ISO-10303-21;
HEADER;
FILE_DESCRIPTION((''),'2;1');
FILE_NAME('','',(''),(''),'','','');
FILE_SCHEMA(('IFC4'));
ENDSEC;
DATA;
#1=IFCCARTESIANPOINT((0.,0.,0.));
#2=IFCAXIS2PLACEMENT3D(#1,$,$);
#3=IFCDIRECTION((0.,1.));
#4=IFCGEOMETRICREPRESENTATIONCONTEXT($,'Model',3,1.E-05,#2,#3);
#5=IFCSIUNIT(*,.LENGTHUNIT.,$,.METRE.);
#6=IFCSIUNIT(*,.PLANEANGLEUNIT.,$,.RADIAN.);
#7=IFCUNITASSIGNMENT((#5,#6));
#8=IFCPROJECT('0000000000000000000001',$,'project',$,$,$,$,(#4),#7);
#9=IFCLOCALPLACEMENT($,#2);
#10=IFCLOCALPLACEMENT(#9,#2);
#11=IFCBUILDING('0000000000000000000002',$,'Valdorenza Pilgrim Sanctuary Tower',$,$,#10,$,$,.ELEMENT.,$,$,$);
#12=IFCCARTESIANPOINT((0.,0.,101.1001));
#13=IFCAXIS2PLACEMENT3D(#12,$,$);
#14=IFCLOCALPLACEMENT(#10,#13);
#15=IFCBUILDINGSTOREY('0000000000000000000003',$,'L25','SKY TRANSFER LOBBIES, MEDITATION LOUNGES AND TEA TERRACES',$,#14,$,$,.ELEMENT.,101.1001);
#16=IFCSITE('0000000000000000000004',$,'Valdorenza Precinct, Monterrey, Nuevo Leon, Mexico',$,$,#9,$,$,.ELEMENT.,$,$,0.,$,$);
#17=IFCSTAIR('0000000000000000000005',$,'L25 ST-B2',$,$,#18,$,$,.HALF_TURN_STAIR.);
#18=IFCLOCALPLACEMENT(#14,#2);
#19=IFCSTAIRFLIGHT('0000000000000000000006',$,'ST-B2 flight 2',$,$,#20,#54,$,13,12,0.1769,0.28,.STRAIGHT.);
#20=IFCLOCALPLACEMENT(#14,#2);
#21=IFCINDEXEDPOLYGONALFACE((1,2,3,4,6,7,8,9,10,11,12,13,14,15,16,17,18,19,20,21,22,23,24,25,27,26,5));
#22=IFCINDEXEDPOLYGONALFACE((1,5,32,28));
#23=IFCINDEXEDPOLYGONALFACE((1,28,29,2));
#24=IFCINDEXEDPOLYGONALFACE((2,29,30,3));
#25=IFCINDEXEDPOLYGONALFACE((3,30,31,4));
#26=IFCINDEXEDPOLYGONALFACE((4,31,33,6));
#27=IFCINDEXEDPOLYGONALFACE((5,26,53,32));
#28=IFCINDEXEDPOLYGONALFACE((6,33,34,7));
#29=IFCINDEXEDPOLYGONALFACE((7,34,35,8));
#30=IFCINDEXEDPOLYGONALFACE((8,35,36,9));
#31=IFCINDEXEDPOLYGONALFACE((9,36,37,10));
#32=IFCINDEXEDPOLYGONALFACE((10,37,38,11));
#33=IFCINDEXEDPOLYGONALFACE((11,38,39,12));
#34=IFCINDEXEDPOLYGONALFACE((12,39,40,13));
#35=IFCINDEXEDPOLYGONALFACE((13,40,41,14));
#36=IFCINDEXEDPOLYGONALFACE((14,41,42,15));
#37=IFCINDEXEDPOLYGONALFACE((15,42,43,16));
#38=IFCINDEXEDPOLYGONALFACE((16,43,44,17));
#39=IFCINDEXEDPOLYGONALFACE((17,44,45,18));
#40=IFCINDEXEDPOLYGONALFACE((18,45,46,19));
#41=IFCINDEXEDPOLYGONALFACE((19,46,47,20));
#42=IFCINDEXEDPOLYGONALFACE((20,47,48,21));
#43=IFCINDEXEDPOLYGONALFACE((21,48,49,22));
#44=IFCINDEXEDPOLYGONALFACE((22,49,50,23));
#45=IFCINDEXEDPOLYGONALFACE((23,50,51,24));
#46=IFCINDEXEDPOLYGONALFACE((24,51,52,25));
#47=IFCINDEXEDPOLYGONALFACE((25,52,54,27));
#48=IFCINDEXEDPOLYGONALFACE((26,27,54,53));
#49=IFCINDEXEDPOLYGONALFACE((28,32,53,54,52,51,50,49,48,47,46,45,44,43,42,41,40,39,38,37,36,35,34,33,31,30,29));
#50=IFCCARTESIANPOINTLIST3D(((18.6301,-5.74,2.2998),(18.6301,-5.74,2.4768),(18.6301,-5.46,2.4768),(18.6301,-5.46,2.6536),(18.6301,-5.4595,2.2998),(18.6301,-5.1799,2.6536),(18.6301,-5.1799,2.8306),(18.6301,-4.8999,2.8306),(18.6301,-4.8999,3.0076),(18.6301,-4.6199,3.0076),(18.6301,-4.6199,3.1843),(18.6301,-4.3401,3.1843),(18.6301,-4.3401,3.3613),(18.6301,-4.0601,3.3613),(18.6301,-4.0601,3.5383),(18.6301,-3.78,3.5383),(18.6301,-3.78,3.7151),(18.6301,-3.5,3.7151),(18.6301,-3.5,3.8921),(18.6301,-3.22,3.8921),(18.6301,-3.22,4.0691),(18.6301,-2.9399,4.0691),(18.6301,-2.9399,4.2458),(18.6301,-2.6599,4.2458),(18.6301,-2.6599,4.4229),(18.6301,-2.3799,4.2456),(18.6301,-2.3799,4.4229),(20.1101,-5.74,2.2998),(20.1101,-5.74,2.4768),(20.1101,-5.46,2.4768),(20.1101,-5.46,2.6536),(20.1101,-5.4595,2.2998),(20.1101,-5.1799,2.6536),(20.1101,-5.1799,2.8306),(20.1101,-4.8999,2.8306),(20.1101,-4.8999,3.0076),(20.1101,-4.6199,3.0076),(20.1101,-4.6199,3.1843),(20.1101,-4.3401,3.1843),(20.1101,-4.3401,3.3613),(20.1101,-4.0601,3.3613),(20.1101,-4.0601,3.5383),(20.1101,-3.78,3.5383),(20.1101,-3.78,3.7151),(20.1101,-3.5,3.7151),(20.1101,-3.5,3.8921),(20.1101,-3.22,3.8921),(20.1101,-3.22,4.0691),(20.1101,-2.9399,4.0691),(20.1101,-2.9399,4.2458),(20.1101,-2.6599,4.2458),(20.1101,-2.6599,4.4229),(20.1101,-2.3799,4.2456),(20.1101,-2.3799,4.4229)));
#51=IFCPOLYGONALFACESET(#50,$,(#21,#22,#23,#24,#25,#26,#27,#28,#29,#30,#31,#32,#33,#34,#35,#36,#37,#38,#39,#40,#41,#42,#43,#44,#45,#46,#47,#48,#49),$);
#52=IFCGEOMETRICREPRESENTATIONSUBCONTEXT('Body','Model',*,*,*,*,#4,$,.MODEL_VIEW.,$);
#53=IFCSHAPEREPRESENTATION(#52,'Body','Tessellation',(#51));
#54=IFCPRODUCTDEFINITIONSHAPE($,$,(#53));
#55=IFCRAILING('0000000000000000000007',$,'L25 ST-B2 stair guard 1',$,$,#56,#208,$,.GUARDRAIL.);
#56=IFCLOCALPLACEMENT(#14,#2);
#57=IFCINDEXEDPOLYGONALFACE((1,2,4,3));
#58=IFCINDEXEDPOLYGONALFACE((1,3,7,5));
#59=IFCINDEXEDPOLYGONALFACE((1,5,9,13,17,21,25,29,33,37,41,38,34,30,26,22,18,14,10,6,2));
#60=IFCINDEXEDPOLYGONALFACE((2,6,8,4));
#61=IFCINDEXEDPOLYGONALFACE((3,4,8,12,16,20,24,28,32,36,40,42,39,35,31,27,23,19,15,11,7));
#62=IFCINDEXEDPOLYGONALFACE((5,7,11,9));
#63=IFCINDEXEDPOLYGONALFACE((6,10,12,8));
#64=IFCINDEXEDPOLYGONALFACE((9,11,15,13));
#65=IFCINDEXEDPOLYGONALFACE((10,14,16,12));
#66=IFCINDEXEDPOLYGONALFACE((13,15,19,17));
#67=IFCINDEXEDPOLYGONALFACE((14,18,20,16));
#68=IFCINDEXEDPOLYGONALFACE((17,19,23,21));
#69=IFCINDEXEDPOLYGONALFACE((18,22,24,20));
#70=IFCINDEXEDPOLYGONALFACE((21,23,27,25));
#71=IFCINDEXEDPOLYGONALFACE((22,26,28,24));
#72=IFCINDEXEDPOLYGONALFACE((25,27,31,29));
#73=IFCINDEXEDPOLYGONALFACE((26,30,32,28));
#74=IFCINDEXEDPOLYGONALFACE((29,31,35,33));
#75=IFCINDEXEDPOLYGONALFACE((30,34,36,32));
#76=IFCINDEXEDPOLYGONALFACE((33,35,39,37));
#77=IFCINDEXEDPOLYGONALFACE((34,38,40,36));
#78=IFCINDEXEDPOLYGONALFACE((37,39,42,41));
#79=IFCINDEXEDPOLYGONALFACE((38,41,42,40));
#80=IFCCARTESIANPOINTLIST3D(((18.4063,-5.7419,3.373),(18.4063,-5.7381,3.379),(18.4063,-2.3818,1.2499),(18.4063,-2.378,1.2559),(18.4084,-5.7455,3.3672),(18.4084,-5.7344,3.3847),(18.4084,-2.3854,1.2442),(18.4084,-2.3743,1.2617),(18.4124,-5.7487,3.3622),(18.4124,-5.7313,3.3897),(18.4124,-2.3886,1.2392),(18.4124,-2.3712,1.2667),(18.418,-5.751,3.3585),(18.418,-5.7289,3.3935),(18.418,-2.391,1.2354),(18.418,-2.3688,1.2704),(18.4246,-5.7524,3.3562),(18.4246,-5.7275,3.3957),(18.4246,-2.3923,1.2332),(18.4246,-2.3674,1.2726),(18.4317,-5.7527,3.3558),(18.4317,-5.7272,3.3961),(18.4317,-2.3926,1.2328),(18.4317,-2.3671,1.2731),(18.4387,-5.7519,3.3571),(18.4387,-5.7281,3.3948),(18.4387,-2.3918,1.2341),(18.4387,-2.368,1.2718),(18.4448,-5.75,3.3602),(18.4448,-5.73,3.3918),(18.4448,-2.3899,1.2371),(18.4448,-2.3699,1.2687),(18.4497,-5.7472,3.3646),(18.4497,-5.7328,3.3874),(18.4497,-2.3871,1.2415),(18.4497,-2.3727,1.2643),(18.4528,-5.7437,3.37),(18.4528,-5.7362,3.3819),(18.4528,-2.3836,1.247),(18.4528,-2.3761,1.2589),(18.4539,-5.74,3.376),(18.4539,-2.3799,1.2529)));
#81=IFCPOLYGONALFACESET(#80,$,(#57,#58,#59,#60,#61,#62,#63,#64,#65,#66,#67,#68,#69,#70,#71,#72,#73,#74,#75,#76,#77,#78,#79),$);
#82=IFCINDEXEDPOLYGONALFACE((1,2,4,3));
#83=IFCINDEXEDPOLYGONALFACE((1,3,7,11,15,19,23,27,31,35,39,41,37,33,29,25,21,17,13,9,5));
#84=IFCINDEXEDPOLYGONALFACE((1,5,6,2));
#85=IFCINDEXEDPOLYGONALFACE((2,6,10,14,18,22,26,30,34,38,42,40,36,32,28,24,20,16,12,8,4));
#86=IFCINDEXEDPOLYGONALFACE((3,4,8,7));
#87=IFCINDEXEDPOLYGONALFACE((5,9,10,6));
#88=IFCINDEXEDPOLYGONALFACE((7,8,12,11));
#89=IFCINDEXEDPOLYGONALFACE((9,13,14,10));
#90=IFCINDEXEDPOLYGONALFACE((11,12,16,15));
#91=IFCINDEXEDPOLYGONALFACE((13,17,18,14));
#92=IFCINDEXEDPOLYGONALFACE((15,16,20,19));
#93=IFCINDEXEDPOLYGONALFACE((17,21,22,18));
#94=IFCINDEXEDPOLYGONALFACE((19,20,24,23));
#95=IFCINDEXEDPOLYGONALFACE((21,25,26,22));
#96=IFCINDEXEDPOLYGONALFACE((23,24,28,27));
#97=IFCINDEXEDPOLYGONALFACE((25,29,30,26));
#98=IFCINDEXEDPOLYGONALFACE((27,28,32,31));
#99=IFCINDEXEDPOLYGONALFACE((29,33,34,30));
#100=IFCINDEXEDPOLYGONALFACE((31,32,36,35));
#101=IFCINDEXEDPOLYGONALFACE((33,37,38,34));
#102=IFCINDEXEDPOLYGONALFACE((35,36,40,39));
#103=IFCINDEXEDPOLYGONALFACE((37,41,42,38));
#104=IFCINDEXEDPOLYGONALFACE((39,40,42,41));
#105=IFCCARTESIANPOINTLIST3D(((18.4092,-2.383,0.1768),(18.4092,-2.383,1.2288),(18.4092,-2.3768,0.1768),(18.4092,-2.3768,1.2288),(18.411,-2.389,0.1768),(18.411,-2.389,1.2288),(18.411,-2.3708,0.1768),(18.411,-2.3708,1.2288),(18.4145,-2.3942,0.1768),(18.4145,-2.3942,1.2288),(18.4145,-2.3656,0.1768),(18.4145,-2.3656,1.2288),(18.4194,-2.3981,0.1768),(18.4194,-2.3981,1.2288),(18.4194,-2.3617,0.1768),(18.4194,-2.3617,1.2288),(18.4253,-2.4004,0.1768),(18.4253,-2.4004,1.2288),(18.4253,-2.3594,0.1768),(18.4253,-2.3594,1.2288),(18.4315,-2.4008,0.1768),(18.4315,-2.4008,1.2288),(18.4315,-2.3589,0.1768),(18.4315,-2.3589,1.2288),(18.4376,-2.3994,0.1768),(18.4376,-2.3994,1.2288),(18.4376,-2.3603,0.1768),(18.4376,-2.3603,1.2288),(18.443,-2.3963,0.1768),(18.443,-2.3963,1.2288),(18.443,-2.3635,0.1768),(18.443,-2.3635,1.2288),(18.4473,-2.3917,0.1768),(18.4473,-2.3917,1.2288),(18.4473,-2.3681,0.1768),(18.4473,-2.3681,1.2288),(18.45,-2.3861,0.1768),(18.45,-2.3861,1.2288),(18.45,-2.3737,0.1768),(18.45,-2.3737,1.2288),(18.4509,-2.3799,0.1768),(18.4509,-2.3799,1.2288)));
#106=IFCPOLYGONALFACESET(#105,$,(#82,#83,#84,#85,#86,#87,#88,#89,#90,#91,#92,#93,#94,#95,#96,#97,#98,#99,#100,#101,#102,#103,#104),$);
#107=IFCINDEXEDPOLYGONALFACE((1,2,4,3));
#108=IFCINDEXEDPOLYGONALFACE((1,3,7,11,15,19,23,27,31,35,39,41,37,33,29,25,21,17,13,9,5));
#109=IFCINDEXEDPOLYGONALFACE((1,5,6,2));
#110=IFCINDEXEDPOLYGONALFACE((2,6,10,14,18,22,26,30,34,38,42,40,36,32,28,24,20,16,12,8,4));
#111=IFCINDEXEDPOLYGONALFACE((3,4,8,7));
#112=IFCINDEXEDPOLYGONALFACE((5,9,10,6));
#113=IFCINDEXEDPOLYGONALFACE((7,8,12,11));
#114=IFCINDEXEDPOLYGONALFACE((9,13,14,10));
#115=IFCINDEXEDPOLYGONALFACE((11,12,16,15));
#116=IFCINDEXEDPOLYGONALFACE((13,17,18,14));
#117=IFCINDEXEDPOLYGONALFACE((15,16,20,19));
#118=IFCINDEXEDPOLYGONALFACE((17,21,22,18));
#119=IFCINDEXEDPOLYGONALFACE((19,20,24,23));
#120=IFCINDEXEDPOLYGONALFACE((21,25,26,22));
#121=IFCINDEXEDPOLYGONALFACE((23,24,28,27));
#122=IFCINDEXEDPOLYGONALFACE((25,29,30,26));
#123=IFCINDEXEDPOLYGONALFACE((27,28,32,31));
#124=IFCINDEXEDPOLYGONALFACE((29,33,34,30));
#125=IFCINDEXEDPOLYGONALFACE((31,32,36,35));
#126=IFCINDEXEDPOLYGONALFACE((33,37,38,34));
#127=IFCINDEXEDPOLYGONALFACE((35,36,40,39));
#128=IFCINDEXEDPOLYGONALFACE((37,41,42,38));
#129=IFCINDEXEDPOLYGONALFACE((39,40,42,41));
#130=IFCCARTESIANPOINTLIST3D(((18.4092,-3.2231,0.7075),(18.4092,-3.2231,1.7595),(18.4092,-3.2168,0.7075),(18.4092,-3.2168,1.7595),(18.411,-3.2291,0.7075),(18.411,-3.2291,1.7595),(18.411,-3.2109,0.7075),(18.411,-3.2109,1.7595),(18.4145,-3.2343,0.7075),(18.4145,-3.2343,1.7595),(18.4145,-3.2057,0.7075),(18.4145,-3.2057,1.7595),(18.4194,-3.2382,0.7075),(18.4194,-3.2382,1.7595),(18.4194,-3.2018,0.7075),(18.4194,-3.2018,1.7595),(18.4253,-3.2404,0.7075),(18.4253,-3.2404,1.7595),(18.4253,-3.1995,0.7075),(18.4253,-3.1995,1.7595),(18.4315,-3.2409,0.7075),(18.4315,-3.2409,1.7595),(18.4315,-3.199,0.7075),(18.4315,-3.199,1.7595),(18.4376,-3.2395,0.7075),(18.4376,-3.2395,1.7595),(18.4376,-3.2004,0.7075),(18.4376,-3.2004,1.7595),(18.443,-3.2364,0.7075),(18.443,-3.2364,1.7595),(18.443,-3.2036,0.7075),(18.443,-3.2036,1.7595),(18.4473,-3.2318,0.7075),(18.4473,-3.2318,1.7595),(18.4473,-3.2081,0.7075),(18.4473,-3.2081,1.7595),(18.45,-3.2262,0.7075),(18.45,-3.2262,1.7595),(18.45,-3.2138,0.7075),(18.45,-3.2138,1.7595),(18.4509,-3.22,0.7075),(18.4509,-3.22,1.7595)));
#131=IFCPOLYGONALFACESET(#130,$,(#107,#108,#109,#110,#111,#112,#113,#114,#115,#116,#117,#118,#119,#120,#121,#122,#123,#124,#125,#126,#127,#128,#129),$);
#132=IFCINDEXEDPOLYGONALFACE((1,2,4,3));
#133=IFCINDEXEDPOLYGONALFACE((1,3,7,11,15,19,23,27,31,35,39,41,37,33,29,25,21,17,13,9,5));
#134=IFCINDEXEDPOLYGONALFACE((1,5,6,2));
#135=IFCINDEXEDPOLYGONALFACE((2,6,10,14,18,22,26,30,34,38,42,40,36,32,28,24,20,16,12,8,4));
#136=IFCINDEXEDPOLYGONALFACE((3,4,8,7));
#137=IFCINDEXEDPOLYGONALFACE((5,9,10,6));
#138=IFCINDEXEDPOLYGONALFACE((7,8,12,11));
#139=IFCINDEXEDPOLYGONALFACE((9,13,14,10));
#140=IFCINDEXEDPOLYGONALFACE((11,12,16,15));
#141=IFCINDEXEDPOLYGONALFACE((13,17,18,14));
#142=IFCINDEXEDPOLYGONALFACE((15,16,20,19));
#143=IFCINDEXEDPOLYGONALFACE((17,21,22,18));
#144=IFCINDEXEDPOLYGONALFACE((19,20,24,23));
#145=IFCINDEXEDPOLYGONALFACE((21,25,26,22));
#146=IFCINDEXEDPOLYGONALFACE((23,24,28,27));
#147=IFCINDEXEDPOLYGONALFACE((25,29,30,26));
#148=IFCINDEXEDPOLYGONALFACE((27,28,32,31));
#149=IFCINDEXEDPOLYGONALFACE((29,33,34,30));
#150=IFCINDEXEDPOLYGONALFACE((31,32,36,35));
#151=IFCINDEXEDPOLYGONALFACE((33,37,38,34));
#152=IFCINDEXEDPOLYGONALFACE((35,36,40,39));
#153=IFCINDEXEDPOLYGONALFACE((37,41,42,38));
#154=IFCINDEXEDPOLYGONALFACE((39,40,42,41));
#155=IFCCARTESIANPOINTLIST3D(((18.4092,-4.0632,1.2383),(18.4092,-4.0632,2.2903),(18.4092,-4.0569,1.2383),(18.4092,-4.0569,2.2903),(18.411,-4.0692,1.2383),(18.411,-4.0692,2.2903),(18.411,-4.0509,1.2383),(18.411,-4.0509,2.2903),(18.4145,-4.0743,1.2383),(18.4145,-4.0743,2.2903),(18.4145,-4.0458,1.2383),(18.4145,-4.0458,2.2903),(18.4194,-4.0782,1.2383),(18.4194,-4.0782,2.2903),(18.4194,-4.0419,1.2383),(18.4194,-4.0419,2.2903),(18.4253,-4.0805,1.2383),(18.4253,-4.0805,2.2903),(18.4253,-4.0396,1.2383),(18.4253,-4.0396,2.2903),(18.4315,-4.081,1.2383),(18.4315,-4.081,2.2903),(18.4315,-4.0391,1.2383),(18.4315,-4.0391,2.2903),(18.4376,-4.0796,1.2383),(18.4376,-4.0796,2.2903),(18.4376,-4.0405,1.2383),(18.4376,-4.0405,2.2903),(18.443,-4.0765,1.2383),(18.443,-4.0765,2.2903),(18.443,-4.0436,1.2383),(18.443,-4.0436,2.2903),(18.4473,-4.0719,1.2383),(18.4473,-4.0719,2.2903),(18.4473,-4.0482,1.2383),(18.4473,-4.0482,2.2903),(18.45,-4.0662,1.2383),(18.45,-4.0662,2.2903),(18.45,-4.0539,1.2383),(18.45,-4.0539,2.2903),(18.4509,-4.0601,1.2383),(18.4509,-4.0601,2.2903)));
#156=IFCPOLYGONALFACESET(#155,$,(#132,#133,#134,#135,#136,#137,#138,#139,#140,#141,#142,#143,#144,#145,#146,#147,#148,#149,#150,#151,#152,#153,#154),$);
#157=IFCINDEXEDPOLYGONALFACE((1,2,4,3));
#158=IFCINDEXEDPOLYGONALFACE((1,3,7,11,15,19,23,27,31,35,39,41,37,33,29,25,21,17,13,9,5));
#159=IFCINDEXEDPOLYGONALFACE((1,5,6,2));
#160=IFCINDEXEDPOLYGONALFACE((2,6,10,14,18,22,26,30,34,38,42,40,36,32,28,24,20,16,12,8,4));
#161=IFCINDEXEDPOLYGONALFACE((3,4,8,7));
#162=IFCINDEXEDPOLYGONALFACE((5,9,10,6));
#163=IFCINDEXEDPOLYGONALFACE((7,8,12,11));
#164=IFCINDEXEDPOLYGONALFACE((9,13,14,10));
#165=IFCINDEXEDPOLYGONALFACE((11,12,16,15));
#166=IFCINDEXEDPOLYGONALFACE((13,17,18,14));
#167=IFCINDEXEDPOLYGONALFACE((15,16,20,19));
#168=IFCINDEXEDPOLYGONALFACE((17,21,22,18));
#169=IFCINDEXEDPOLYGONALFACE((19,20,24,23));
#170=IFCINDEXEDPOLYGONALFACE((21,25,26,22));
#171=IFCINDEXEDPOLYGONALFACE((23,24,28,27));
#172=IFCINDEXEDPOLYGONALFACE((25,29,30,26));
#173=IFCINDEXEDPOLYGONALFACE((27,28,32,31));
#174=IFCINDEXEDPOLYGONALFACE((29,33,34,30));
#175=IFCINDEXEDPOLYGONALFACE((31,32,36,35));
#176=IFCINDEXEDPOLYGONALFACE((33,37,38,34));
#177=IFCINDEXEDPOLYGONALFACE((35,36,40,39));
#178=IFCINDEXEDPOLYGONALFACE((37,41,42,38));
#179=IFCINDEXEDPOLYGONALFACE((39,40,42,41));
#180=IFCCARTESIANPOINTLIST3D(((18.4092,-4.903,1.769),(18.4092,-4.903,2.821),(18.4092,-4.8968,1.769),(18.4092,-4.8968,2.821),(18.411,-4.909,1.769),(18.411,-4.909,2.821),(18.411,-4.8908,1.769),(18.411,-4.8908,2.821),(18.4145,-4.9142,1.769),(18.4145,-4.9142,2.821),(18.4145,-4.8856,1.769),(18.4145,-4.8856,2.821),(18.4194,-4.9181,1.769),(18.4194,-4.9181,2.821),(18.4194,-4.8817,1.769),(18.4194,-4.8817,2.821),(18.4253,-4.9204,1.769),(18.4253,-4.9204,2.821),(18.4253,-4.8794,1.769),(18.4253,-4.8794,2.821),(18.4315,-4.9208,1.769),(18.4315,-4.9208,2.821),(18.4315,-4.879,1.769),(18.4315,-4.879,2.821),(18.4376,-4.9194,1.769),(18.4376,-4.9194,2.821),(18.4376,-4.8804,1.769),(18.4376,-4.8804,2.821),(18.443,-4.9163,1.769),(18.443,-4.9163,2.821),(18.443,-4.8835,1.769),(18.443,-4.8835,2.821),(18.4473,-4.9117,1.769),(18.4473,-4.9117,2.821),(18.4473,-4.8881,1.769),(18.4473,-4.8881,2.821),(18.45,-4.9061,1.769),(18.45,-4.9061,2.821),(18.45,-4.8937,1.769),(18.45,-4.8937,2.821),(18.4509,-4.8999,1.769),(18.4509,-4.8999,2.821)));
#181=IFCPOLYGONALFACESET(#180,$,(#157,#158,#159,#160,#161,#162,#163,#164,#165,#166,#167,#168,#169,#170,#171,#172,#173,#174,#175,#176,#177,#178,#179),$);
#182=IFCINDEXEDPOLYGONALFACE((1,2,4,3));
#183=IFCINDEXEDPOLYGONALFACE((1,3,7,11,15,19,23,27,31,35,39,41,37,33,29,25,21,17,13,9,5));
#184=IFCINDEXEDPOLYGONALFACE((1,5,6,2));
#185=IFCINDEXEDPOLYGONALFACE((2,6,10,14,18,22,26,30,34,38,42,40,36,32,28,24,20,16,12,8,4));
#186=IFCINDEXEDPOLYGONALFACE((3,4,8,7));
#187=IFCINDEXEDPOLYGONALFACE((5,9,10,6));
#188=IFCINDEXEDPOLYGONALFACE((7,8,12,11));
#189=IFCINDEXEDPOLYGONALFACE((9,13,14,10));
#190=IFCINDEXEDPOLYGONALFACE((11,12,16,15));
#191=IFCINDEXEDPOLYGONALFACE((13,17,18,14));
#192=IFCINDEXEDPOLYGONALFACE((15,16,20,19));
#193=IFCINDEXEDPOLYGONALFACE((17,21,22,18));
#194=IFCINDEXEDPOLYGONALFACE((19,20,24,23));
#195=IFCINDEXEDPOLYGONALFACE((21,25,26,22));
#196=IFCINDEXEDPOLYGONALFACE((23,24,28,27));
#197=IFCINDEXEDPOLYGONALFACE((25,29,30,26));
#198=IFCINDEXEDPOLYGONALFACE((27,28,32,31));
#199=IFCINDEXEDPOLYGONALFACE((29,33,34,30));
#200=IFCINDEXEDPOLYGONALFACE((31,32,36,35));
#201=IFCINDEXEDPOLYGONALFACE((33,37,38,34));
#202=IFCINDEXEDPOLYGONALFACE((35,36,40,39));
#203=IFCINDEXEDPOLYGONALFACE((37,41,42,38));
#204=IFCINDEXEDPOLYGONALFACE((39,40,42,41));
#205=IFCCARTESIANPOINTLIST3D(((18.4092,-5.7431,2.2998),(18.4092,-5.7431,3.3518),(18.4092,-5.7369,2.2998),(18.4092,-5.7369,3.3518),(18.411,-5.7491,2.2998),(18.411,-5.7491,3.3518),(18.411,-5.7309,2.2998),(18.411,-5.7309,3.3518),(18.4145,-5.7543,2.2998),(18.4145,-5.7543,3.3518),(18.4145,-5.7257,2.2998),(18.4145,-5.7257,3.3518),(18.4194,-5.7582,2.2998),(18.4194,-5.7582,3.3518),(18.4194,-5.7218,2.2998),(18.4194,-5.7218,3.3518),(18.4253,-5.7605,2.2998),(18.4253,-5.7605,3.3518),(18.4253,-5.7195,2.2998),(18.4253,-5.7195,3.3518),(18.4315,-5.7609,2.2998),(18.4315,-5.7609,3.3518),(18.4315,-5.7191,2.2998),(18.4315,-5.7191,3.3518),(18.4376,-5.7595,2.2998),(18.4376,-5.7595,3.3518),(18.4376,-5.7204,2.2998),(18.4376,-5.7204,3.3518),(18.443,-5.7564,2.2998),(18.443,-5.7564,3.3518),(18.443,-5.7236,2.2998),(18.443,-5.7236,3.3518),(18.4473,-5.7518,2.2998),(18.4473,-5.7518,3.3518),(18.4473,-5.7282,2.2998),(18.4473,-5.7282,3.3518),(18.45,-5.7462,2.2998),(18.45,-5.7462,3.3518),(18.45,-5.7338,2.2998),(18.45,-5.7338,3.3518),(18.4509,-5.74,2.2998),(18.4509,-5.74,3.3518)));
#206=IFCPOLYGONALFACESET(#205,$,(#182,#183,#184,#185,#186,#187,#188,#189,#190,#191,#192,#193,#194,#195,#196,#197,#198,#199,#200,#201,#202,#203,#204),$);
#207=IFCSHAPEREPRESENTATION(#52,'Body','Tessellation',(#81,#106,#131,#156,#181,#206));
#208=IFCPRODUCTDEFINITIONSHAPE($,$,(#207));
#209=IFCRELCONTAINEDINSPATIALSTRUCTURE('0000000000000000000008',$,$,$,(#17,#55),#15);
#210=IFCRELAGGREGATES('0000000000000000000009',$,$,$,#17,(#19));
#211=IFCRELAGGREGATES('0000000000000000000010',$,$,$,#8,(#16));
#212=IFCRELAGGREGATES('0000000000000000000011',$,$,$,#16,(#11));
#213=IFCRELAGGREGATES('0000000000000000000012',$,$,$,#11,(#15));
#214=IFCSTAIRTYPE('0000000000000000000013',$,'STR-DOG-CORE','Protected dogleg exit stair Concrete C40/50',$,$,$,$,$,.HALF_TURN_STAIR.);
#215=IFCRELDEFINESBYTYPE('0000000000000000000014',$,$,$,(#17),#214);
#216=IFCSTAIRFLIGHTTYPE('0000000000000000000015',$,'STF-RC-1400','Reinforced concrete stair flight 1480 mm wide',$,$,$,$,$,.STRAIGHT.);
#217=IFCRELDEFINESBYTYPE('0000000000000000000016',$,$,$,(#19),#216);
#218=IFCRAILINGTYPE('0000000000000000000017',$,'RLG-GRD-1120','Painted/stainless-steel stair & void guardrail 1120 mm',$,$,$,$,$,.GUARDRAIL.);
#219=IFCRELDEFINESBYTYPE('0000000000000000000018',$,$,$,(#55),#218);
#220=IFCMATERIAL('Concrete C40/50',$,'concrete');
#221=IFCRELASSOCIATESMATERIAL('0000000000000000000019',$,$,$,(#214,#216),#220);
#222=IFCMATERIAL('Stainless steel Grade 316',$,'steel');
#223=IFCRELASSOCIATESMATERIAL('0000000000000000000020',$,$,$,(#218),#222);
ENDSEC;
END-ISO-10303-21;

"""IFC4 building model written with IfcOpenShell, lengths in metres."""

from ifc_helpers import new_model, si_unit, direction, frame, origin, origin_2d, place, context, subcontext, project, spatial, polyline, circle, outline, extrude, material, type_object, element, aggregate, save


model = new_model("IFC4")

# Units and contexts
model_context = context("Model", 3, precision=1e-05, world=origin(), true_north=direction((0.0, 1.0)))
body_context = subcontext(model_context, "Body", "Model", "MODEL_VIEW")
ifc_project = project(units=[si_unit("LENGTHUNIT", "METRE"), si_unit("PLANEANGLEUNIT", "RADIAN")], contexts=[model_context])

# Site, building, storey
site_placement = place(None, origin())
site = spatial("IfcSite", under=ifc_project, at=site_placement, Name="Valdorenza Precinct, Monterrey, Nuevo Leon, Mexico", CompositionType="ELEMENT", RefElevation=0.0)
building_placement = place(site_placement, origin())
building = spatial("IfcBuilding", under=site, at=building_placement, Name="Valdorenza Pilgrim Sanctuary Tower", CompositionType="ELEMENT")
storey_placement = place(building_placement, frame((0.0, 0.0, 101.1001)))
storey = spatial("IfcBuildingStorey", under=building, at=storey_placement, Name="L25", Description="SKY TRANSFER LOBBIES, MEDITATION LOUNGES AND TEA TERRACES", CompositionType="ELEMENT", Elevation=101.1001)

# Shared definitions
ifc_material_1 = material(Name="Concrete C40/50", Category="concrete")

# Stair, stair flight
stair_type = type_object("IfcStairType", Name="STR-DOG-CORE", Description="Protected dogleg exit stair Concrete C40/50", PredefinedType="HALF_TURN_STAIR", material=ifc_material_1)
stair_placement = place(storey_placement, origin())
stair = element("IfcStair", 1, at=stair_placement, inside=storey, type_object=stair_type, Name="L25 ST-B2", PredefinedType="HALF_TURN_STAIR")
stair_flight_type = type_object("IfcStairFlightType", Name="STF-RC-1400", Description="Reinforced concrete stair flight 1480 mm wide", PredefinedType="STRAIGHT", material=ifc_material_1)
stair_flight_1_placement = place(storey_placement, frame((19.3701, -5.74, 2.2998), z_axis=(0.0, 0.0, 1.0), x_axis=(0.0, 1.0, 0.0)))
stair_flight_1 = element("IfcStairFlight", 2, at=stair_flight_1_placement, type_object=stair_flight_type, Name="ST-B2 flight 2", NumberOfRisers=13, NumberOfTreads=12, PredefinedType="STRAIGHT", RiserHeight=0.1769, TreadLength=0.28, context=body_context, shape_type="SweptSolid", body=[
    extrude(outline(polyline([(0.0, 0.0), (0.0, 0.177), (0.28, 0.177), (0.28, 0.3538), (0.5601, 0.3538), (0.5601, 0.5308), (0.8401, 0.5308), (0.8401, 0.7078), (1.1201, 0.7078), (1.1201, 0.8845), (1.3999, 0.8845), (1.3999, 1.0615), (1.6799, 1.0615), (1.6799, 1.2385), (1.96, 1.2385), (1.96, 1.4153), (2.24, 1.4153), (2.24, 1.5923), (2.52, 1.5923), (2.52, 1.7693), (2.8, 1.7693), (2.8, 1.946), (3.0801, 1.946), (3.0801, 2.123), (3.3601, 2.123), (3.3601, 2.3), (3.3601, 1.9458), (0.2805, 0.0), (0.0, 0.0)])), frame((0.0, 0.74, 0.0), z_axis=(0.0, -1.0, 0.0), x_axis=(1.0, 0.0, 0.0)), (0.0, 0.0, 1.0), 1.48),
])
aggregate(stair, [stair_flight_1])

# Railing
ifc_material_2 = material(Name="Stainless steel Grade 316", Category="steel")
railing_type_1 = type_object("IfcRailingType", Name="RLG-GRD-1120", Description="Painted/stainless-steel stair & void guardrail 1120 mm", PredefinedType="GUARDRAIL", material=ifc_material_2)
railing_1_placement = place(storey_placement, frame((18.4299, -2.3799, 0.1768)))
element("IfcRailing", 3, at=railing_1_placement, inside=storey, type_object=railing_type_1, Name="L25 ST-B2 stair guard 1", PredefinedType="GUARDRAIL", context=body_context, shape_type="SweptSolid", body=[
    extrude(circle(Radius=0.0239, at=origin_2d()), frame((0.0, 0.0, 1.0762), z_axis=(0.0, -0.84539, 0.53415), x_axis=(1.0, 0.0, 0.0)), (0.0, 0.0, 1.0), 3.9746),
    extrude(circle(Radius=0.021, at=origin_2d()), origin(), (0.0, 0.0, 1.0), 1.052),
    extrude(circle(Radius=0.021, at=origin_2d()), frame((0.0, -0.8401, 0.5308)), (0.0, 0.0, 1.0), 1.052),
    extrude(circle(Radius=0.021, at=origin_2d()), frame((0.0, -1.6802, 1.0615)), (0.0, 0.0, 1.0), 1.052),
    extrude(circle(Radius=0.021, at=origin_2d()), frame((0.0, -2.52, 1.5923)), (0.0, 0.0, 1.0), 1.052),
    extrude(circle(Radius=0.021, at=origin_2d()), frame((0.0, -3.3601, 2.123)), (0.0, 0.0, 1.0), 1.052),
])

save(model, "model.ifc")
